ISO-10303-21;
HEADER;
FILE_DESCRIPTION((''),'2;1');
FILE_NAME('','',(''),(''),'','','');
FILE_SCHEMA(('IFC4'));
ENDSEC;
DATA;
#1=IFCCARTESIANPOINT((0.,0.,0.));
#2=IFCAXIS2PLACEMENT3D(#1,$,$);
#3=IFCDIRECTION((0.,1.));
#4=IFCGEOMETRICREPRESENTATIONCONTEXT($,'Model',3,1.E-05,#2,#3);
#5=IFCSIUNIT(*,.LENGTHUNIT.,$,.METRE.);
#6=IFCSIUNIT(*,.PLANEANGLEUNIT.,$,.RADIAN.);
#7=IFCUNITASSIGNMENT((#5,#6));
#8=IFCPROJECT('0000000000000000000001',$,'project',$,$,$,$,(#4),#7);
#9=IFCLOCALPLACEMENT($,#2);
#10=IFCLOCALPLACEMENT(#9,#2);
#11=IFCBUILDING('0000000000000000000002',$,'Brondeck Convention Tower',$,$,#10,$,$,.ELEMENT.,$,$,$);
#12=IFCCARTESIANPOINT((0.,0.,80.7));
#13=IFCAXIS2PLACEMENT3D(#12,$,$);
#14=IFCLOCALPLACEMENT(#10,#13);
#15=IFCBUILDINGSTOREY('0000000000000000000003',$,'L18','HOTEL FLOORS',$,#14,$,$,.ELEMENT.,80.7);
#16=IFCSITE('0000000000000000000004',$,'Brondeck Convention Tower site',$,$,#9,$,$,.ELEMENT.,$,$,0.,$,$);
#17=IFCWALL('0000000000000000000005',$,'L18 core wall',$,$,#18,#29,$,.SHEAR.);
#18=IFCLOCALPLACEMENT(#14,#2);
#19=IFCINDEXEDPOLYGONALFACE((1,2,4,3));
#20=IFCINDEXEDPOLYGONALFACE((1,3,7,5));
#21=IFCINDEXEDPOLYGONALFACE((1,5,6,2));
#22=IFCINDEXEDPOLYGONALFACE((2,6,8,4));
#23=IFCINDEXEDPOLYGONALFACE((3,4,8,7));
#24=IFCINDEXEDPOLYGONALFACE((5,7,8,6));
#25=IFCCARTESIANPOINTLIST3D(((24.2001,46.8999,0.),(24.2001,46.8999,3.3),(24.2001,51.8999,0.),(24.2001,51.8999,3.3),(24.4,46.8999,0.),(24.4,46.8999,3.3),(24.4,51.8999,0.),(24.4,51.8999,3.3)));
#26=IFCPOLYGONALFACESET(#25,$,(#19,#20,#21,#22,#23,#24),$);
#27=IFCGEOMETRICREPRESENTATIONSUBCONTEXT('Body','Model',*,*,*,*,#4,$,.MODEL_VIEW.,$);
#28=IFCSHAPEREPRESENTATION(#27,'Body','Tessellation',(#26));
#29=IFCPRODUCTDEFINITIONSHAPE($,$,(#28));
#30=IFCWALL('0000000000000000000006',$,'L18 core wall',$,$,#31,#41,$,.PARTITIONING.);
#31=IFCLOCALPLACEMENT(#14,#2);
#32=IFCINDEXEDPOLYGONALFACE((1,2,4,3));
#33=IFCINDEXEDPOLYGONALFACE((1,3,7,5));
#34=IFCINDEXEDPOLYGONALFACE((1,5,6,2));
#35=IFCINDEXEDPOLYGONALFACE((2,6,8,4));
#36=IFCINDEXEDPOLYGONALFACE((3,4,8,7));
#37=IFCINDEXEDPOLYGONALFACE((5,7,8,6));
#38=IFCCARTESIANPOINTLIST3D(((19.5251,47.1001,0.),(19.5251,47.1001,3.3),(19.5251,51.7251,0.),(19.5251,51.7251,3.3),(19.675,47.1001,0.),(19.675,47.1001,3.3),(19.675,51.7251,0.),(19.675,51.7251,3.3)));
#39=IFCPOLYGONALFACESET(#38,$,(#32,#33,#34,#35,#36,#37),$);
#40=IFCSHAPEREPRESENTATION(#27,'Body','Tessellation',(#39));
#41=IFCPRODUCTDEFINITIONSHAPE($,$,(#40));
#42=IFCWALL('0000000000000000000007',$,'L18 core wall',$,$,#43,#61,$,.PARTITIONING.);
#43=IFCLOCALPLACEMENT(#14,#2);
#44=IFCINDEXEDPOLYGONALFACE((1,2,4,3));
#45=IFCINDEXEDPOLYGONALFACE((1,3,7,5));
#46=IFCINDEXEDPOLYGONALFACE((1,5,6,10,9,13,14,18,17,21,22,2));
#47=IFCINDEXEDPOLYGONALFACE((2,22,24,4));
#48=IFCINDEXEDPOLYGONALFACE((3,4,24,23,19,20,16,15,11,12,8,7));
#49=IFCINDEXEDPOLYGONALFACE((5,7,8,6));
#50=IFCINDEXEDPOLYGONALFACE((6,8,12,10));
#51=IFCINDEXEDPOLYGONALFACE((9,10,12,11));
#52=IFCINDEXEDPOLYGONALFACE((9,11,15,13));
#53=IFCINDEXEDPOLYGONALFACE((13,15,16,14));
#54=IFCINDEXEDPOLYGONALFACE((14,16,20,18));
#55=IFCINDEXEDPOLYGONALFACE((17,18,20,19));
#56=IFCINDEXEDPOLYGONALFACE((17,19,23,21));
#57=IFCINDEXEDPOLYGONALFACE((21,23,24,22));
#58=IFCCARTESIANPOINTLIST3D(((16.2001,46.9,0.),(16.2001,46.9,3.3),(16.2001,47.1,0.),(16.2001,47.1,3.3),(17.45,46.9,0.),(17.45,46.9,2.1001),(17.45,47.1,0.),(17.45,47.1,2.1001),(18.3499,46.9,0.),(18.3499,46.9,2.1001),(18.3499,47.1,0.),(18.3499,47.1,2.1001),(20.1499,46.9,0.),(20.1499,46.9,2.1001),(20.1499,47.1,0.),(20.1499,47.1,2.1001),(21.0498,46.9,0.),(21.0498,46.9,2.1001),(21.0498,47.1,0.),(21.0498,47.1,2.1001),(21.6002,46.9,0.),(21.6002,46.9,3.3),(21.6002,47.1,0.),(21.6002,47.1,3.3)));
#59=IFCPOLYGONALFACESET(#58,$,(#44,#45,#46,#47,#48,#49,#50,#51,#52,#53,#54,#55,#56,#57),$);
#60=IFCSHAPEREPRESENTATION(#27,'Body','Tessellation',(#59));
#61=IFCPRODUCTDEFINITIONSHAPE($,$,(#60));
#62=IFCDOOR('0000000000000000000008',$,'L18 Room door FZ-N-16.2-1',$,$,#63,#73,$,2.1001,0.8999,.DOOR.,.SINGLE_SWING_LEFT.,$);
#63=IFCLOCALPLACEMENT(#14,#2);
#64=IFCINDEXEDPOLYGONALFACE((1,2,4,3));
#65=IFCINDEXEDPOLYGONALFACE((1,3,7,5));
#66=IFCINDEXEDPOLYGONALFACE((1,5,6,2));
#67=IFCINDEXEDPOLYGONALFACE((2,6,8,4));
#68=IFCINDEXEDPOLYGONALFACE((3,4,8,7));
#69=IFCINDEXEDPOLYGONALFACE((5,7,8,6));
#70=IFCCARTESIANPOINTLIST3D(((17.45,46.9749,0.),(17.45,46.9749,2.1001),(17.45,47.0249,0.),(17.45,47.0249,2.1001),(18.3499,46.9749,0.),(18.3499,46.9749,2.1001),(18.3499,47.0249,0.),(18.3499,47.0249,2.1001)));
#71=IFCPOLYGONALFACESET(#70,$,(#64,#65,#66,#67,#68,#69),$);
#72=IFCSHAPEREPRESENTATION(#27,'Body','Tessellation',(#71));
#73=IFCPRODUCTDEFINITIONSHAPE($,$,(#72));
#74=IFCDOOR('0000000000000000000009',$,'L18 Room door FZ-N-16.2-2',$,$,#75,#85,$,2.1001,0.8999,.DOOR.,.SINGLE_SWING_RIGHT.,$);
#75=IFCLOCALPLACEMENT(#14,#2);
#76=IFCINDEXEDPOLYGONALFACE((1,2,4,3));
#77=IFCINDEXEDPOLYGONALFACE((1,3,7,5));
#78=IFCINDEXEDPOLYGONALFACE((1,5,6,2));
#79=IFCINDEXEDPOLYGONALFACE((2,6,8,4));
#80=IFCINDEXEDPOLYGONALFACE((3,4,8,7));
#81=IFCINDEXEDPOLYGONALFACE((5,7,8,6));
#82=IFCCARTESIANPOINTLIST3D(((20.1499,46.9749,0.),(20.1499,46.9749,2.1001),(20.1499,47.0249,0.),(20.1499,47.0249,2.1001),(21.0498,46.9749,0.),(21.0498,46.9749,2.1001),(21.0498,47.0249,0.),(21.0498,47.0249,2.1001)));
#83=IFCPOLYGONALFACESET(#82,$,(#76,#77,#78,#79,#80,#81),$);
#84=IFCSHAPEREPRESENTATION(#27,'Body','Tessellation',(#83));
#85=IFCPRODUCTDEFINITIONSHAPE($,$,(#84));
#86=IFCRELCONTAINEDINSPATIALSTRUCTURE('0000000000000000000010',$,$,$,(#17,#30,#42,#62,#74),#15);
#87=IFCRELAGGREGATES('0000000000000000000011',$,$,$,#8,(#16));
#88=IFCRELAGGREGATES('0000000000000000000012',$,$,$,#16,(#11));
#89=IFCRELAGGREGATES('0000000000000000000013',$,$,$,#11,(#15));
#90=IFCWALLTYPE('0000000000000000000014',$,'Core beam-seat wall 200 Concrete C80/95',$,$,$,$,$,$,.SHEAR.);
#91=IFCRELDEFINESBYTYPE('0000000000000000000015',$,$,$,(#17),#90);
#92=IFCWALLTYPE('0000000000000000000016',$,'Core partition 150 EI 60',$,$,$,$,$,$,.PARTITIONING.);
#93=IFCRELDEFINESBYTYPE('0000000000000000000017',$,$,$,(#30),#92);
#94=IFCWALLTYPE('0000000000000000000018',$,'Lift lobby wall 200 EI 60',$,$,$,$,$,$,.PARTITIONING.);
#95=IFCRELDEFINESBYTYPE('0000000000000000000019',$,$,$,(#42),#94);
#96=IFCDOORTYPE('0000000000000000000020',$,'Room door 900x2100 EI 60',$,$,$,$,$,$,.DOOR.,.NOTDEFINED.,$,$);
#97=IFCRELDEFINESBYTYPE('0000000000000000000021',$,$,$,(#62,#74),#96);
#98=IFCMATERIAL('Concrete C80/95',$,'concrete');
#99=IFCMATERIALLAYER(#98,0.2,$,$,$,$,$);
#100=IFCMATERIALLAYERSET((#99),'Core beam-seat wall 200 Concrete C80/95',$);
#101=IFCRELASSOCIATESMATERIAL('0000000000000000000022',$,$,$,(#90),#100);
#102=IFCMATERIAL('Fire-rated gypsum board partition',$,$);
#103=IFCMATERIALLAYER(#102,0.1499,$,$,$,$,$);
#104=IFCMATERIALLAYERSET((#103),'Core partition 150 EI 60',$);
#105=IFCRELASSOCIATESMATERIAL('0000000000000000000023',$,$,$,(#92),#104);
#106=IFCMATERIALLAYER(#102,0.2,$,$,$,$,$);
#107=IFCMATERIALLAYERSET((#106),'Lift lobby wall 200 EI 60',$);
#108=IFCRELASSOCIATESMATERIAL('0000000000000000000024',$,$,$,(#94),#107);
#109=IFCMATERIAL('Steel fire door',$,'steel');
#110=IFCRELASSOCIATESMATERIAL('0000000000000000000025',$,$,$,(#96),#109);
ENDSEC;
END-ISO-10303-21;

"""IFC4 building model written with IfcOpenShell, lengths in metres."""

from ifc_helpers import new_model, si_unit, direction, frame, frame_2d, origin, place, context, subcontext, project, spatial, rectangle, extrude, material, layer, layer_set, type_object, element, fill, save


model = new_model("IFC4")

# Units and contexts
model_context = context("Model", 3, precision=1e-05, world=origin(), true_north=direction((0.0, 1.0)))
body_context = subcontext(model_context, "Body", "Model", "MODEL_VIEW")
ifc_project = project(units=[si_unit("LENGTHUNIT", "METRE"), si_unit("PLANEANGLEUNIT", "RADIAN")], contexts=[model_context])

# Site, building, storey
site_placement = place(None, origin())
site = spatial("IfcSite", under=ifc_project, at=site_placement, Name="Brondeck Convention Tower site", CompositionType="ELEMENT", RefElevation=0.0)
building_placement = place(site_placement, origin())
building = spatial("IfcBuilding", under=site, at=building_placement, Name="Brondeck Convention Tower", CompositionType="ELEMENT")
storey_placement = place(building_placement, frame((0.0, 0.0, 80.7)))
storey = spatial("IfcBuildingStorey", under=building, at=storey_placement, Name="L18", Description="HOTEL FLOORS", CompositionType="ELEMENT", Elevation=80.7)

# Walls
ifc_material_1 = material(Name="Concrete C80/95", Category="concrete")
ifc_layer_1 = layer(ifc_material_1, 0.2)
ifc_layer_set_1 = layer_set([ifc_layer_1], Name="Core beam-seat wall 200 Concrete C80/95")
wall_type_1 = type_object("IfcWallType", Name="Core beam-seat wall 200 Concrete C80/95", PredefinedType="SHEAR", material=ifc_layer_set_1)
wall_1_placement = place(storey_placement, frame((24.3, 46.8999, 0.0), z_axis=(0.0, 0.0, 1.0), x_axis=(0.0, 1.0, 0.0)))
element("IfcWall", 1, at=wall_1_placement, inside=storey, type_object=wall_type_1, Name="L18 core wall", PredefinedType="SHEAR", context=body_context, shape_type="SweptSolid", body=[
    extrude(rectangle(XDim=5.0, YDim=0.2, at=frame_2d((2.5, 0.0))), origin(), (0.0, 0.0, 1.0), 3.3),
])
ifc_material_2 = material(Name="Fire-rated gypsum board partition")
ifc_layer_2 = layer(ifc_material_2, 0.1499)
ifc_layer_set_2 = layer_set([ifc_layer_2], Name="Core partition 150 EI 60")
wall_type_2 = type_object("IfcWallType", Name="Core partition 150 EI 60", PredefinedType="PARTITIONING", material=ifc_layer_set_2)
wall_2_placement = place(storey_placement, frame((19.6001, 47.1001, 0.0), z_axis=(0.0, 0.0, 1.0), x_axis=(0.0, 1.0, 0.0)))
element("IfcWall", 2, at=wall_2_placement, inside=storey, type_object=wall_type_2, Name="L18 core wall", PredefinedType="PARTITIONING", context=body_context, shape_type="SweptSolid", body=[
    extrude(rectangle(XDim=4.625, YDim=0.1499, at=frame_2d((2.3125, 0.0))), origin(), (0.0, 0.0, 1.0), 3.3),
])

# Wall, openings, doors
ifc_layer_3 = layer(ifc_material_2, 0.2)
ifc_layer_set_3 = layer_set([ifc_layer_3], Name="Lift lobby wall 200 EI 60")
wall_type_3 = type_object("IfcWallType", Name="Lift lobby wall 200 EI 60", PredefinedType="PARTITIONING", material=ifc_layer_set_3)
wall_3_placement = place(storey_placement, frame((16.2, 47.0, 0.0), z_axis=(0.0, 0.0, 1.0), x_axis=(1.0, 0.0, 0.0)))
wall_3 = element("IfcWall", 3, at=wall_3_placement, inside=storey, type_object=wall_type_3, Name="L18 core wall", PredefinedType="PARTITIONING", context=body_context, shape_type="SweptSolid", body=[
    extrude(rectangle(XDim=5.4001, YDim=0.2, at=frame_2d((2.7002, 0.0))), origin(), (0.0, 0.0, 1.0), 3.3),
])
opening_1_placement = place(wall_3_placement, frame((1.25, 0.0, 0.0)))
opening_1 = element("IfcOpeningElement", 4, at=opening_1_placement, cuts=wall_3, PredefinedType="OPENING", context=body_context, shape_type="SweptSolid", body=[
    extrude(rectangle(XDim=0.8999, YDim=2.1001, at=frame_2d((0.45, 1.05))), frame((0.0, 0.1099, 0.0), z_axis=(0.0, -1.0, 0.0), x_axis=(1.0, 0.0, 0.0)), (0.0, 0.0, 1.0), 0.22),
])
opening_2_placement = place(wall_3_placement, frame((3.95, 0.0, 0.0)))
opening_2 = element("IfcOpeningElement", 5, at=opening_2_placement, cuts=wall_3, PredefinedType="OPENING", context=body_context, shape_type="SweptSolid", body=[
    extrude(rectangle(XDim=0.8999, YDim=2.1001, at=frame_2d((0.45, 1.05))), frame((0.0, 0.1099, 0.0), z_axis=(0.0, -1.0, 0.0), x_axis=(1.0, 0.0, 0.0)), (0.0, 0.0, 1.0), 0.22),
])
ifc_material_3 = material(Name="Steel fire door", Category="steel")
door_type_1 = type_object("IfcDoorType", Name="Room door 900x2100 EI 60", OperationType="NOTDEFINED", PredefinedType="DOOR", material=ifc_material_3)
door_1_placement = place(opening_1_placement, origin())
door_1 = element("IfcDoor", 6, at=door_1_placement, inside=storey, type_object=door_type_1, Name="L18 Room door FZ-N-16.2-1", OperationType="SINGLE_SWING_LEFT", OverallHeight=2.1001, OverallWidth=0.8999, PredefinedType="DOOR", context=body_context, shape_type="SweptSolid", body=[
    extrude(rectangle(XDim=0.8999, YDim=2.1001, at=frame_2d((0.45, 1.05))), frame((0.0, 0.0249, 0.0), z_axis=(0.0, -1.0, 0.0), x_axis=(1.0, 0.0, 0.0)), (0.0, 0.0, 1.0), 0.05),
])
fill(opening_1, door_1)
door_2_placement = place(opening_2_placement, origin())
door_2 = element("IfcDoor", 7, at=door_2_placement, inside=storey, type_object=door_type_1, Name="L18 Room door FZ-N-16.2-2", OperationType="SINGLE_SWING_RIGHT", OverallHeight=2.1001, OverallWidth=0.8999, PredefinedType="DOOR", context=body_context, shape_type="SweptSolid", body=[
    extrude(rectangle(XDim=0.8999, YDim=2.1001, at=frame_2d((0.45, 1.05))), frame((0.0, 0.0249, 0.0), z_axis=(0.0, -1.0, 0.0), x_axis=(1.0, 0.0, 0.0)), (0.0, 0.0, 1.0), 0.05),
])
fill(opening_2, door_2)

save(model, "model.ifc")
